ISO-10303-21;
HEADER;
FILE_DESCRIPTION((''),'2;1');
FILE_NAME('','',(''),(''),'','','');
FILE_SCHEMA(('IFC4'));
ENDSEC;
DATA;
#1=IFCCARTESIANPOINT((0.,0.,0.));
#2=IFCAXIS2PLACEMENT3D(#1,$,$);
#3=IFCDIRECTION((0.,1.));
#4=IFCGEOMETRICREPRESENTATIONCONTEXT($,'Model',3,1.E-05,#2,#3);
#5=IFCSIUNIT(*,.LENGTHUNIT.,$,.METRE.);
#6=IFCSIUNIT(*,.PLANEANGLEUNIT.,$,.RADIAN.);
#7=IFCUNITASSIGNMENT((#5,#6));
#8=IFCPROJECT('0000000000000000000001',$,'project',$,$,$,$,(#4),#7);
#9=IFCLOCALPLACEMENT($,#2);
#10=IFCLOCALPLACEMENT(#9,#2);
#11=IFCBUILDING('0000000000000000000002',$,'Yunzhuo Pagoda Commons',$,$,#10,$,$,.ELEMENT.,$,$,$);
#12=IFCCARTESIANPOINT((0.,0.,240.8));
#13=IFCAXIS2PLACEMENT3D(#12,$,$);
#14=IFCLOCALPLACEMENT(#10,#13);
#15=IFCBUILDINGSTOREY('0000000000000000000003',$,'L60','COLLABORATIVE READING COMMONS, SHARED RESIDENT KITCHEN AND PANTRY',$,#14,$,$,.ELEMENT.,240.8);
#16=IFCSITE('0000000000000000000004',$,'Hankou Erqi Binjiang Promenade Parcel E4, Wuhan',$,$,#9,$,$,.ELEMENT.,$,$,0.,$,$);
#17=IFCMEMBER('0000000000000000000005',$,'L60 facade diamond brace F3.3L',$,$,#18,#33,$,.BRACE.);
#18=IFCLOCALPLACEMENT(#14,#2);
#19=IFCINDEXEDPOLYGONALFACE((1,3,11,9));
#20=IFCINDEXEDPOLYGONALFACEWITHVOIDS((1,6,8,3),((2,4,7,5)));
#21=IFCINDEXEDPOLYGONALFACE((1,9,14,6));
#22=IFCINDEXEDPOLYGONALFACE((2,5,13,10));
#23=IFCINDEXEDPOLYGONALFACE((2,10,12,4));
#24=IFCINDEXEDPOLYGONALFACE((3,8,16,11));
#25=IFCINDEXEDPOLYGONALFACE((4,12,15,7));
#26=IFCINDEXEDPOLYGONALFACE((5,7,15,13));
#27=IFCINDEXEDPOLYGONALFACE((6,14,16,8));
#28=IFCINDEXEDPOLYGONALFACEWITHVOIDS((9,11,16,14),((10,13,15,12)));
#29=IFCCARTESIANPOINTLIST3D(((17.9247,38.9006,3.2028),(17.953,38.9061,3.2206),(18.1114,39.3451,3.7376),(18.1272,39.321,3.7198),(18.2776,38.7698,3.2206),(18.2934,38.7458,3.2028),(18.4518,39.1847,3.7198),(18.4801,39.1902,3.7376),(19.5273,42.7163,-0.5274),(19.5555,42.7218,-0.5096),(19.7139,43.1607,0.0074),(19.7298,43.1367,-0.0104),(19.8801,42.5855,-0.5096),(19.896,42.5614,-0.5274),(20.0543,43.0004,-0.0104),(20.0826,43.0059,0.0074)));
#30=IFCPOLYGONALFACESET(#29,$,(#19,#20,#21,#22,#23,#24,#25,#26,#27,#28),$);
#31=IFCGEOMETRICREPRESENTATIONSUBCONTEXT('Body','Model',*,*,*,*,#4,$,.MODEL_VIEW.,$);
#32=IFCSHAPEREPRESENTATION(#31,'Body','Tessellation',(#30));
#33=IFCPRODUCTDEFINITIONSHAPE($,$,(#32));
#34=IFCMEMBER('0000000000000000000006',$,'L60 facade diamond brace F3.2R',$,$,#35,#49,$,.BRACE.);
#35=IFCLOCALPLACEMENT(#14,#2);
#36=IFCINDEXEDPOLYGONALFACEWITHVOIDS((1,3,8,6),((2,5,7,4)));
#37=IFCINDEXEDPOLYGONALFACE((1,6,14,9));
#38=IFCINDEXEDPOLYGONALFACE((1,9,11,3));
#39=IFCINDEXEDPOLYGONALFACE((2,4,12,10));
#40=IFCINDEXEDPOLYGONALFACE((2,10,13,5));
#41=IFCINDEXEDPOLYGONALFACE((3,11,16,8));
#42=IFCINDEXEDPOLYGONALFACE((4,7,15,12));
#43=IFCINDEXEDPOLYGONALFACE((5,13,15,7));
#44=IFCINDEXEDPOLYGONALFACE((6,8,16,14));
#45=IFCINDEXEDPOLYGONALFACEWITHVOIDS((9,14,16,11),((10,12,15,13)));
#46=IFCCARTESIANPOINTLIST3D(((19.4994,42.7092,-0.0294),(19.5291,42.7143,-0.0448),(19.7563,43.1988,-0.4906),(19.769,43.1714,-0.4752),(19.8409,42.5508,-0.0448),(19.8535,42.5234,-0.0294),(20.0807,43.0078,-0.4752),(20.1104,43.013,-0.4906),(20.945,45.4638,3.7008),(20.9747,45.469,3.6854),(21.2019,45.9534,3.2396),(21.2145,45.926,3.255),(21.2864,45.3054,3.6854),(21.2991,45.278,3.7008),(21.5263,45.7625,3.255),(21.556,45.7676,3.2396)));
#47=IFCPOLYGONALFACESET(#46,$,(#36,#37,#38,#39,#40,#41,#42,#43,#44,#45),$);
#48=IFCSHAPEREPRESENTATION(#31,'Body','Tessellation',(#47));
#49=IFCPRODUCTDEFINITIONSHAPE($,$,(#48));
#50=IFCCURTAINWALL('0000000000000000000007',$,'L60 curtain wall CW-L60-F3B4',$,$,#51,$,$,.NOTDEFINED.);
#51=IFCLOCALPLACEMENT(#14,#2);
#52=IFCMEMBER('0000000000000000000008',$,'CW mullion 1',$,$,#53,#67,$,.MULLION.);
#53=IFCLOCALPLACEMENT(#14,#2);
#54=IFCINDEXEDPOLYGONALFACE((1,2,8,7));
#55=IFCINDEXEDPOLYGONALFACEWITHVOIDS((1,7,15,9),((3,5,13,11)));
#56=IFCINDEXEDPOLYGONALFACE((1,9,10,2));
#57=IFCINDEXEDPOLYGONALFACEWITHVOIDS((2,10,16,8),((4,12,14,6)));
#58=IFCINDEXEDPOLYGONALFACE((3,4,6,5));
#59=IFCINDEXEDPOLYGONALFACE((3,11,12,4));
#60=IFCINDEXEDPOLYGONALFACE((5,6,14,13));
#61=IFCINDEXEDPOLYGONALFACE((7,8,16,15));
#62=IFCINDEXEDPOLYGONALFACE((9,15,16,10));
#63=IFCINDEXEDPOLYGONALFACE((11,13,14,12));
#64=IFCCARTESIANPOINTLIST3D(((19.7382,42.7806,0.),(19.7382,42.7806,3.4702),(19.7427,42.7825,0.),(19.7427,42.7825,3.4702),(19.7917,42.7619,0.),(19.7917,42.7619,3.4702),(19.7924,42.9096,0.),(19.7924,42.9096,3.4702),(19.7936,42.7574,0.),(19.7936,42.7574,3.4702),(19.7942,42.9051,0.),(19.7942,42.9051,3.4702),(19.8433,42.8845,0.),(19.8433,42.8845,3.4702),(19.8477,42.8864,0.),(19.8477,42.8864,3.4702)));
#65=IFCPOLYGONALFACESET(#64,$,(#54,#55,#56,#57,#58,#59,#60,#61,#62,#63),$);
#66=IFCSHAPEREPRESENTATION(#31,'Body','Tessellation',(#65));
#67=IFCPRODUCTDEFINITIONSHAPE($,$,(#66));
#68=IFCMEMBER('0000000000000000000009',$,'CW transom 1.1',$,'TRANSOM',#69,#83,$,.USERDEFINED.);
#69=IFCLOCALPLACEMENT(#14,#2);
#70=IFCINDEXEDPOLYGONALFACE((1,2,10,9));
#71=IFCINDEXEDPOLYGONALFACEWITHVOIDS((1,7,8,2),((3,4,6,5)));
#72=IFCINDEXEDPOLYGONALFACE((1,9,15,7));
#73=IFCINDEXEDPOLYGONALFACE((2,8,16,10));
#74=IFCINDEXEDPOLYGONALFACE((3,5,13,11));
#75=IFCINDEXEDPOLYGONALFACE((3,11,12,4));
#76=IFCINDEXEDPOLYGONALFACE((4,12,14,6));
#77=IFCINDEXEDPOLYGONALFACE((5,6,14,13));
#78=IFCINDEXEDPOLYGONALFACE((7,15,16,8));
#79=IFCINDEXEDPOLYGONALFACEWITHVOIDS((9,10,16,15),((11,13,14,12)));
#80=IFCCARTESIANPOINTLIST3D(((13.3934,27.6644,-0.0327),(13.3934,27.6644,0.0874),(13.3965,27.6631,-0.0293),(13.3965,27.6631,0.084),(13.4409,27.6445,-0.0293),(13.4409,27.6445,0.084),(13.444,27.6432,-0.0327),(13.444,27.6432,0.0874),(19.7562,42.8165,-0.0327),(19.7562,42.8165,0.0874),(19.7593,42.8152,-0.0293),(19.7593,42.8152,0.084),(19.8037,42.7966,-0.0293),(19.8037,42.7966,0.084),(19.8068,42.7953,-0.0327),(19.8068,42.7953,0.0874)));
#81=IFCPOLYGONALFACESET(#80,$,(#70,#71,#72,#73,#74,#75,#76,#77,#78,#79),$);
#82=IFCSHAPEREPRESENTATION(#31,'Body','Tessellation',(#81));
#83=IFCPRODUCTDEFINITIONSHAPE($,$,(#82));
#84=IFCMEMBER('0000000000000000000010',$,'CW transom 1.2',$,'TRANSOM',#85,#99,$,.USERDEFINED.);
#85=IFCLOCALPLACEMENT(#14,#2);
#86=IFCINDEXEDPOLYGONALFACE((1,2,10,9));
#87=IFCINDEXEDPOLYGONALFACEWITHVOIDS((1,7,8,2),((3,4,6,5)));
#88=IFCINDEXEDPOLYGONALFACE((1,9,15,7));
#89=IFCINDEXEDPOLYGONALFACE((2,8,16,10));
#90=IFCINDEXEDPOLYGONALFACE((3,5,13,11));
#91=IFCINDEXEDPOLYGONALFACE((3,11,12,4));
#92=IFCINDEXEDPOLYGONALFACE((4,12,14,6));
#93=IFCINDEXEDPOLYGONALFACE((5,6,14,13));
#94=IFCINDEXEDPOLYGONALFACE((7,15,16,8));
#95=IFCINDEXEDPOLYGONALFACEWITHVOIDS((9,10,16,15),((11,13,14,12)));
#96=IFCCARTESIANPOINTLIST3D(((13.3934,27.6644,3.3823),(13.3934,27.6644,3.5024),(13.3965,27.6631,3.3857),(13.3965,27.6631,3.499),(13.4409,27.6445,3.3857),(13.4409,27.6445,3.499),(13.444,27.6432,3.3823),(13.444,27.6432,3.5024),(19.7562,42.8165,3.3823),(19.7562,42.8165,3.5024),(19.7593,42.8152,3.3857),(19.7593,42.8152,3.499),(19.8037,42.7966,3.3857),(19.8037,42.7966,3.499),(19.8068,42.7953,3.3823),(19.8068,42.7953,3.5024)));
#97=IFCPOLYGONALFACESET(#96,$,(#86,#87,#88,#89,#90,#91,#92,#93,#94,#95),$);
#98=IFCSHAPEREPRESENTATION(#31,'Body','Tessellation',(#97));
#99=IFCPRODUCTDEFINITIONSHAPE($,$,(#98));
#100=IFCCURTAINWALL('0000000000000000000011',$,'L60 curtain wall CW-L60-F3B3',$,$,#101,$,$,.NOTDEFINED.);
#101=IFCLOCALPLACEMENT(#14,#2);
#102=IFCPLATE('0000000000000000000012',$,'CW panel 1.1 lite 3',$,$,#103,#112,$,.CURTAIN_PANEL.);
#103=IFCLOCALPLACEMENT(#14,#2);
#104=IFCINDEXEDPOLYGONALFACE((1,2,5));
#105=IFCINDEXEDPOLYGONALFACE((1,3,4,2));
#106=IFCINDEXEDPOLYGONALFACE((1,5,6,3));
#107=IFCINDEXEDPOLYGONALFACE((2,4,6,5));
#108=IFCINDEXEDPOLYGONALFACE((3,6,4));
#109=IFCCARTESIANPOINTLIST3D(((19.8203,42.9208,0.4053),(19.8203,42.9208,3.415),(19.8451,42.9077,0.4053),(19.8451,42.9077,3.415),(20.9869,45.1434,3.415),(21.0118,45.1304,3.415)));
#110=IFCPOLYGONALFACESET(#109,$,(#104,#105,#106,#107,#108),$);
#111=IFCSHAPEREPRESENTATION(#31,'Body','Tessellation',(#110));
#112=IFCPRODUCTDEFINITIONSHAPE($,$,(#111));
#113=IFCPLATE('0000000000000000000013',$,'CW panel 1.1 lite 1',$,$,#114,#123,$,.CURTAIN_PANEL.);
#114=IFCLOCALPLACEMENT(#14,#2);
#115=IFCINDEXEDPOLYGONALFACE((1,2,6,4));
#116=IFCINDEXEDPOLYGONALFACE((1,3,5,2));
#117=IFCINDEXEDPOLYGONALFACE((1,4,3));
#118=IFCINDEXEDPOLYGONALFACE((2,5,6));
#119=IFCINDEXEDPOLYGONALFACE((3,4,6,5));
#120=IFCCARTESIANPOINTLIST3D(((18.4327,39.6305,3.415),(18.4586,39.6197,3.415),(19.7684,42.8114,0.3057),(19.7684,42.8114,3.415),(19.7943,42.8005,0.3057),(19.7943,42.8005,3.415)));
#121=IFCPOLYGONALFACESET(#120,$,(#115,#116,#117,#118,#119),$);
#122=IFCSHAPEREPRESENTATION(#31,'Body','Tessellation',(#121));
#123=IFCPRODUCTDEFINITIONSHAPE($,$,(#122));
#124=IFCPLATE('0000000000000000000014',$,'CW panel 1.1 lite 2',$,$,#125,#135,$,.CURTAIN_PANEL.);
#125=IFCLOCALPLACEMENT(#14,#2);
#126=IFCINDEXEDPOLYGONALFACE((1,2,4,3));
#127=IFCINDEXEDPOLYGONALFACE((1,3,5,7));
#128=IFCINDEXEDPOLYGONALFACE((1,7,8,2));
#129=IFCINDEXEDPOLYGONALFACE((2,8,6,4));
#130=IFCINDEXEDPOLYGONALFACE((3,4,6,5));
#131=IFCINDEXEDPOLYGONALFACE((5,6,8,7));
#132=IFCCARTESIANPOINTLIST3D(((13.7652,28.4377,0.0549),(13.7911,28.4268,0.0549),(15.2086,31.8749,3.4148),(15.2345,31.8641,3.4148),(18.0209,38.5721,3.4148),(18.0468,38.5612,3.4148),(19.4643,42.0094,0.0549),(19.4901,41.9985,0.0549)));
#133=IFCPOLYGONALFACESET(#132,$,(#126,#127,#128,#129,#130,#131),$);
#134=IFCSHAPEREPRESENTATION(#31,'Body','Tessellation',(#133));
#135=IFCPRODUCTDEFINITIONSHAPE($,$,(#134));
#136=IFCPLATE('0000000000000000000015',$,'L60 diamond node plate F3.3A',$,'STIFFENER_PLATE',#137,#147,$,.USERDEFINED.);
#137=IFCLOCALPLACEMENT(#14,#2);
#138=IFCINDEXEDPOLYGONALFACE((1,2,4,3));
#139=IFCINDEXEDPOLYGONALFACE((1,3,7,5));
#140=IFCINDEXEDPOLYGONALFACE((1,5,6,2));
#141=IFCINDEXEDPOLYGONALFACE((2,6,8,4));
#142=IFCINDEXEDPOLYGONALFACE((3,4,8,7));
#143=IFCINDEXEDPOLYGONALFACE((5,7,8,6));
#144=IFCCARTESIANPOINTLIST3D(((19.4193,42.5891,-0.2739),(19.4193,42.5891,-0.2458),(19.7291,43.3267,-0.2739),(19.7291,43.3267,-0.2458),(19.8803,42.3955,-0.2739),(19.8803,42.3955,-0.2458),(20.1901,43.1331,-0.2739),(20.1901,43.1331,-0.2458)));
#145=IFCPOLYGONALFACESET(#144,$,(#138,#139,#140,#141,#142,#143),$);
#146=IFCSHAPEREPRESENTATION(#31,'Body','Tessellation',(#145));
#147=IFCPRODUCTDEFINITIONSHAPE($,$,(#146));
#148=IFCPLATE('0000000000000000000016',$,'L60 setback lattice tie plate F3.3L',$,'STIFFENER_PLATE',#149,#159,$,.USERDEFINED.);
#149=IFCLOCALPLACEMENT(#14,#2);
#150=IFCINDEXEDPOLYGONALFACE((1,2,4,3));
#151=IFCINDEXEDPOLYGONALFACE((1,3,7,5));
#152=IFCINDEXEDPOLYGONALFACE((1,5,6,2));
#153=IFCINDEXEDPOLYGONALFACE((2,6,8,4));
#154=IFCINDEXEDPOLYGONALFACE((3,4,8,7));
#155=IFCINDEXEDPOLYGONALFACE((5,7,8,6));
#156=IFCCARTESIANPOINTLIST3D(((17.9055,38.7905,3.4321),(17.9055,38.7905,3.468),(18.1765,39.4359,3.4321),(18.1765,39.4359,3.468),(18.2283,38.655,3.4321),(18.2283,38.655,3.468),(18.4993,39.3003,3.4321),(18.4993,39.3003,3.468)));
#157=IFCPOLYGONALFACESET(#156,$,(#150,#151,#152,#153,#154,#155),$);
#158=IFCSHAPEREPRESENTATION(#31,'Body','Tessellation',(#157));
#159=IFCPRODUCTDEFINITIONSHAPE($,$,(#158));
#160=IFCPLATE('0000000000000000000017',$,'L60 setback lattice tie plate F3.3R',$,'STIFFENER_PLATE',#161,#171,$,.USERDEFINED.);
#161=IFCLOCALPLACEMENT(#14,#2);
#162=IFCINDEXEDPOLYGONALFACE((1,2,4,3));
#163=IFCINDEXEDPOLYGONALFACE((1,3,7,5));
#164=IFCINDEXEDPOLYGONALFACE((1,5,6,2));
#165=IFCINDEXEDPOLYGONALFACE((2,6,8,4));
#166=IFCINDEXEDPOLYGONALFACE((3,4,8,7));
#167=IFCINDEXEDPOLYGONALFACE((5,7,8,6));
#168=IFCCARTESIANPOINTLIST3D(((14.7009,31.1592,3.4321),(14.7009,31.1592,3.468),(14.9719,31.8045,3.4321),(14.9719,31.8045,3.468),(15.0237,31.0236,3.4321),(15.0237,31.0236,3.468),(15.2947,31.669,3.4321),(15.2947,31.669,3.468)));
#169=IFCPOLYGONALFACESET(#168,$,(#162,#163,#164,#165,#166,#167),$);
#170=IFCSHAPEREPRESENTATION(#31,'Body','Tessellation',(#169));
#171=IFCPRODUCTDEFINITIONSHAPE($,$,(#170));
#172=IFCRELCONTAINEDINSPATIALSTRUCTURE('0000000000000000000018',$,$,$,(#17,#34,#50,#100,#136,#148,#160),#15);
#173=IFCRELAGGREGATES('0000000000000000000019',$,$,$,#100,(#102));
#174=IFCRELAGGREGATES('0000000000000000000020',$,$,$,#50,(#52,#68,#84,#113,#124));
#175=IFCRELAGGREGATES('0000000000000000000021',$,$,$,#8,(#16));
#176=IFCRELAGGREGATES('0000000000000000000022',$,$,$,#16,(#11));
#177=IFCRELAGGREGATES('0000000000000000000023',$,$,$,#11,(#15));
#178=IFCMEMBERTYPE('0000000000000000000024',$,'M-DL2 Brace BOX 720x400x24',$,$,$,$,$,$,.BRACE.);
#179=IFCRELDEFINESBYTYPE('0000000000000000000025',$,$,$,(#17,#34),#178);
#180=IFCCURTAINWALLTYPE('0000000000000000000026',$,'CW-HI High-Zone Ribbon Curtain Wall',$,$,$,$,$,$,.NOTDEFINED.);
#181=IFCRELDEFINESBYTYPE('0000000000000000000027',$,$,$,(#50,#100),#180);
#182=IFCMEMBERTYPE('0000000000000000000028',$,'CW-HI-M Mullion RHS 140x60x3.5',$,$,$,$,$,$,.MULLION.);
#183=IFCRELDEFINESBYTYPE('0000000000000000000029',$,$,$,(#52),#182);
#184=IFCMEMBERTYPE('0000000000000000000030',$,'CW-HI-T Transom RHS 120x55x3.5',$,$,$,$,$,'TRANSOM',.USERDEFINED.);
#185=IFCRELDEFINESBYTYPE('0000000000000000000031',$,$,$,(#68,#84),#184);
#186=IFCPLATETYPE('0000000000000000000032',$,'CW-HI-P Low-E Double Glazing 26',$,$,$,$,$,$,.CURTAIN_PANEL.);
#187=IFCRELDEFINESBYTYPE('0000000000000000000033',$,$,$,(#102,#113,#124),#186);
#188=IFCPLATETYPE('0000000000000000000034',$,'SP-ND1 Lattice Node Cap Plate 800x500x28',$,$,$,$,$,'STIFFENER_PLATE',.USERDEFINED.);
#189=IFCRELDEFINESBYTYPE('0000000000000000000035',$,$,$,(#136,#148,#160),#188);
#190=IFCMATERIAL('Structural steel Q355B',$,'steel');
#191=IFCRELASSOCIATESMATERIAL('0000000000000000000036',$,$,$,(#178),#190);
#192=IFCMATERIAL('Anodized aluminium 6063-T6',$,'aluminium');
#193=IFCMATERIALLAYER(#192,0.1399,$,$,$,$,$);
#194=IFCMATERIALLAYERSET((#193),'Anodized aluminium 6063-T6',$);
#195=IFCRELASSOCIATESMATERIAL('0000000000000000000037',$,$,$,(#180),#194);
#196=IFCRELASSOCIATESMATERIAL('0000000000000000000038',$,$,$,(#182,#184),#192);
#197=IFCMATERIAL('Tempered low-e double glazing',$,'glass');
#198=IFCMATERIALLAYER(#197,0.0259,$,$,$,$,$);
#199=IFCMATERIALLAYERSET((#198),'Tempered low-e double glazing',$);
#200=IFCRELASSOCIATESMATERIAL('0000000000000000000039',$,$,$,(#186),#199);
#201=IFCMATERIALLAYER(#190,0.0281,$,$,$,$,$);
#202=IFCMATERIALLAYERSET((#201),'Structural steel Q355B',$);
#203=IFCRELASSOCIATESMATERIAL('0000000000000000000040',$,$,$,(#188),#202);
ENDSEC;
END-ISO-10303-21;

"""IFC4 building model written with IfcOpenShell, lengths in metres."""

from ifc_helpers import new_model, si_unit, direction, frame, origin, origin_2d, place, context, subcontext, project, spatial, polyline, rectangle, hollow_rectangle, outline, extrude, source, transform, mapped, material, layer, layer_set, material_profile, profile_set, type_object, element, aggregate, save


model = new_model("IFC4")

# Units and contexts
model_context = context("Model", 3, precision=1e-05, world=origin(), true_north=direction((0.0, 1.0)))
body_context = subcontext(model_context, "Body", "Model", "MODEL_VIEW")
ifc_project = project(units=[si_unit("LENGTHUNIT", "METRE"), si_unit("PLANEANGLEUNIT", "RADIAN")], contexts=[model_context])

# Site, building, storey
site_placement = place(None, origin())
site = spatial("IfcSite", under=ifc_project, at=site_placement, Name="Hankou Erqi Binjiang Promenade Parcel E4, Wuhan", CompositionType="ELEMENT", RefElevation=0.0)
building_placement = place(site_placement, origin())
building = spatial("IfcBuilding", under=site, at=building_placement, Name="Yunzhuo Pagoda Commons", CompositionType="ELEMENT")
storey_placement = place(building_placement, frame((0.0, 0.0, 240.8)))
storey = spatial("IfcBuildingStorey", under=building, at=storey_placement, Name="L60", Description="COLLABORATIVE READING COMMONS, SHARED RESIDENT KITCHEN AND PANTRY", CompositionType="ELEMENT", Elevation=240.8)

# Shared definitions
ifc_material_1 = material(Name="Structural steel Q355B", Category="steel")

# Members
ifc_material_profile_1 = material_profile(ifc_material_1, hollow_rectangle(XDim=0.3999, YDim=0.72, WallThickness=0.0239, at=origin_2d()), Name="Structural steel Q355B")
ifc_profile_set_1 = profile_set([ifc_material_profile_1], Name="Structural steel Q355B")
member_type_1 = type_object("IfcMemberType", Name="M-DL2 Brace BOX 720x400x24", PredefinedType="BRACE", material=ifc_profile_set_1)
shared_shape_1 = source(origin(), body_context, "Body", "SweptSolid", [
    extrude(hollow_rectangle(XDim=0.3999, YDim=0.72, WallThickness=0.0239, at=origin_2d()), origin(), (0.0, 0.0, 1.0), 5.5715),
])
member_1_placement = place(storey_placement, frame((19.8049, 42.8611, -0.26), z_axis=(-0.287629, -0.684851, 0.669514), x_axis=(0.921986, -0.387223, 0.0)))
element("IfcMember", 1, at=member_1_placement, inside=storey, type_object=member_type_1, Name="L60 facade diamond brace F3.3L", PredefinedType="BRACE", context=body_context, shape_type="MappedRepresentation", body=[
    mapped(shared_shape_1, transform((0.0, 0.0, 0.0), scale=1.0)),
])
shared_shape_2 = source(origin(), body_context, "Body", "SweptSolid", [
    extrude(hollow_rectangle(XDim=0.3999, YDim=0.72, WallThickness=0.0239, at=origin_2d()), origin(), (0.0, 0.0, 1.0), 4.8572),
])
member_2_placement = place(storey_placement, frame((19.8049, 42.8611, -0.26), z_axis=(0.297612, 0.567127, 0.767981), x_axis=(-0.885481, 0.464675, 0.0)))
element("IfcMember", 2, at=member_2_placement, inside=storey, type_object=member_type_1, Name="L60 facade diamond brace F3.2R", PredefinedType="BRACE", context=body_context, shape_type="MappedRepresentation", body=[
    mapped(shared_shape_2, transform((0.0, 0.0, 0.0), scale=1.0)),
])

# Curtain wall, members
ifc_material_2 = material(Name="Anodized aluminium 6063-T6", Category="aluminium")
ifc_layer_1 = layer(ifc_material_2, 0.1399)
ifc_layer_set_1 = layer_set([ifc_layer_1], Name="Anodized aluminium 6063-T6")
curtain_wall_type = type_object("IfcCurtainWallType", Name="CW-HI High-Zone Ribbon Curtain Wall", PredefinedType="NOTDEFINED", material=ifc_layer_set_1)
curtain_wall_1_placement = place(storey_placement, origin())
curtain_wall_1 = element("IfcCurtainWall", 3, at=curtain_wall_1_placement, inside=storey, type_object=curtain_wall_type, Name="L60 curtain wall CW-L60-F3B4", PredefinedType="NOTDEFINED")
ifc_material_profile_2 = material_profile(ifc_material_2, hollow_rectangle(XDim=0.0601, YDim=0.1399, WallThickness=0.0034, at=origin_2d()), Name="Anodized aluminium 6063-T6")
ifc_profile_set_2 = profile_set([ifc_material_profile_2], Name="Anodized aluminium 6063-T6")
member_type_2 = type_object("IfcMemberType", Name="CW-HI-M Mullion RHS 140x60x3.5", PredefinedType="MULLION", material=ifc_profile_set_2)
shared_shape_3 = source(origin(), body_context, "Body", "SweptSolid", [
    extrude(hollow_rectangle(XDim=0.0601, YDim=0.1399, WallThickness=0.0034, at=origin_2d()), origin(), (0.0, 0.0, 1.0), 3.4702),
])
member_3_placement = place(storey_placement, frame((19.793, 42.8335, 0.0), z_axis=(0.0, 0.0, 1.0), x_axis=(0.922008, -0.38717, 0.0)))
member_3 = element("IfcMember", 4, at=member_3_placement, type_object=member_type_2, Name="CW mullion 1", PredefinedType="MULLION", context=body_context, shape_type="MappedRepresentation", body=[
    mapped(shared_shape_3, transform((0.0, 0.0, 0.0), scale=1.0)),
])
ifc_material_profile_3 = material_profile(ifc_material_2, hollow_rectangle(XDim=0.0549, YDim=0.1201, WallThickness=0.0034, at=origin_2d()), Name="Anodized aluminium 6063-T6")
ifc_profile_set_3 = profile_set([ifc_material_profile_3], Name="Anodized aluminium 6063-T6")
member_type_3 = type_object("IfcMemberType", Name="CW-HI-T Transom RHS 120x55x3.5", ElementType="TRANSOM", PredefinedType="USERDEFINED", material=ifc_profile_set_3)
shared_shape_4 = source(origin(), body_context, "Body", "SweptSolid", [
    extrude(hollow_rectangle(XDim=0.0549, YDim=0.1201, WallThickness=0.0034, at=origin_2d()), origin(), (0.0, 0.0, 1.0), 16.4338),
])
member_4_placement = place(storey_placement, frame((19.7815, 42.8059, 0.0273), z_axis=(-0.387176, -0.922006, 0.0), x_axis=(0.922006, -0.387176, 0.0)))
member_4 = element("IfcMember", 5, at=member_4_placement, type_object=member_type_3, Name="CW transom 1.1", ObjectType="TRANSOM", PredefinedType="USERDEFINED", context=body_context, shape_type="MappedRepresentation", body=[
    mapped(shared_shape_4, transform((0.0, 0.0, 0.0), scale=1.0)),
])
member_5_placement = place(storey_placement, frame((19.7815, 42.8059, 3.4424), z_axis=(-0.387176, -0.922006, 0.0), x_axis=(0.922006, -0.387176, 0.0)))
member_5 = element("IfcMember", 6, at=member_5_placement, type_object=member_type_3, Name="CW transom 1.2", ObjectType="TRANSOM", PredefinedType="USERDEFINED", context=body_context, shape_type="MappedRepresentation", body=[
    mapped(shared_shape_4, transform((0.0, 0.0, 0.0), scale=1.0)),
])

# Curtain wall, plate
curtain_wall_2_placement = place(storey_placement, origin())
curtain_wall_2 = element("IfcCurtainWall", 7, at=curtain_wall_2_placement, inside=storey, type_object=curtain_wall_type, Name="L60 curtain wall CW-L60-F3B3", PredefinedType="NOTDEFINED")
ifc_material_3 = material(Name="Tempered low-e double glazing", Category="glass")
ifc_layer_2 = layer(ifc_material_3, 0.0259)
ifc_layer_set_2 = layer_set([ifc_layer_2], Name="Tempered low-e double glazing")
plate_type_1 = type_object("IfcPlateType", Name="CW-HI-P Low-E Double Glazing 26", PredefinedType="CURTAIN_PANEL", material=ifc_layer_set_2)
plate_1_placement = place(storey_placement, frame((20.4285, 44.019, 1.9102), z_axis=(-0.885433, 0.464767, 0.0), x_axis=(-0.464767, -0.885433, 0.0)))
plate_1 = element("IfcPlate", 8, at=plate_1_placement, type_object=plate_type_1, Name="CW panel 1.1 lite 3", PredefinedType="CURTAIN_PANEL", context=body_context, shape_type="SweptSolid", body=[
    extrude(outline(polyline([(-1.2551, 1.5049), (1.2551, -1.5049), (1.2551, 1.5049), (-1.2551, 1.5049)])), origin(), (0.0, 0.0, 1.0), 0.0281),
])
aggregate(curtain_wall_2, [plate_1])

# Plates
plate_2_placement = place(storey_placement, frame((19.1265, 41.2102, 1.8604), z_axis=(-0.922008, 0.38717, 0.0), x_axis=(-0.38717, -0.922008, 0.0)))
plate_2 = element("IfcPlate", 9, at=plate_2_placement, type_object=plate_type_1, Name="CW panel 1.1 lite 1", PredefinedType="CURTAIN_PANEL", context=body_context, shape_type="SweptSolid", body=[
    extrude(outline(polyline([(-1.7249, -1.5547), (1.7251, 1.5547), (-1.7249, 1.5547), (-1.7249, -1.5547)])), origin(), (0.0, 0.0, 1.0), 0.0281),
])
plate_3_placement = place(storey_placement, frame((16.6406, 35.2126, 1.7349), z_axis=(-0.922008, 0.38717, 0.0), x_axis=(-0.38717, -0.922008, 0.0)))
plate_3 = element("IfcPlate", 10, at=plate_3_placement, type_object=plate_type_1, Name="CW panel 1.1 lite 2", PredefinedType="CURTAIN_PANEL", context=body_context, shape_type="SweptSolid", body=[
    extrude(outline(polyline([(-7.3599, -1.6799), (7.3599, -1.6799), (3.6318, 1.6799), (-3.6318, 1.6799), (-7.3599, -1.6799)])), origin(), (0.0, 0.0, 1.0), 0.0281),
])
aggregate(curtain_wall_1, [member_3, member_4, member_5, plate_2, plate_3])

# Plates
ifc_layer_3 = layer(ifc_material_1, 0.0281)
ifc_layer_set_3 = layer_set([ifc_layer_3], Name="Structural steel Q355B")
plate_type_2 = type_object("IfcPlateType", Name="SP-ND1 Lattice Node Cap Plate 800x500x28", ElementType="STIFFENER_PLATE", PredefinedType="USERDEFINED", material=ifc_layer_set_3)
shared_shape_5 = source(origin(), body_context, "Body", "SweptSolid", [
    extrude(rectangle(XDim=0.8, YDim=0.5, at=origin_2d()), origin(), (0.0, 0.0, 1.0), 0.0281),
])
plate_4_placement = place(storey_placement, frame((19.8047, 42.8611, -0.2739), z_axis=(0.0, 0.0, 1.0), x_axis=(-0.387178, -0.922005, 0.0)))
element("IfcPlate", 11, at=plate_4_placement, inside=storey, type_object=plate_type_2, Name="L60 diamond node plate F3.3A", ObjectType="STIFFENER_PLATE", PredefinedType="USERDEFINED", context=body_context, shape_type="MappedRepresentation", body=[
    mapped(shared_shape_5, transform((0.0, 0.0, 0.0), scale=1.0)),
])
shared_shape_6 = source(origin(), body_context, "Body", "SweptSolid", [
    extrude(rectangle(XDim=0.7, YDim=0.3501, at=origin_2d()), origin(), (0.0, 0.0, 1.0), 0.0359),
])
for number, where, z_axis, x_axis, name in (
    (12, (18.2024, 39.0454, 3.4321), (0.0, 0.0, 1.0), (-0.387178, -0.922005, 0.0), "L60 setback lattice tie plate F3.3L"),
    (13, (14.9978, 31.4141, 3.4321), (0.0, 0.0, 1.0), (-0.387178, -0.922005, 0.0), "L60 setback lattice tie plate F3.3R"),
):
    element("IfcPlate", number, at=place(storey_placement, frame(where, z_axis=z_axis, x_axis=x_axis)), inside=storey, type_object=plate_type_2, Name=name, ObjectType="STIFFENER_PLATE", PredefinedType="USERDEFINED", context=body_context, shape_type="MappedRepresentation", body=[
        mapped(shared_shape_6, transform((0.0, 0.0, 0.0), scale=1.0)),
    ])

save(model, "model.ifc")
